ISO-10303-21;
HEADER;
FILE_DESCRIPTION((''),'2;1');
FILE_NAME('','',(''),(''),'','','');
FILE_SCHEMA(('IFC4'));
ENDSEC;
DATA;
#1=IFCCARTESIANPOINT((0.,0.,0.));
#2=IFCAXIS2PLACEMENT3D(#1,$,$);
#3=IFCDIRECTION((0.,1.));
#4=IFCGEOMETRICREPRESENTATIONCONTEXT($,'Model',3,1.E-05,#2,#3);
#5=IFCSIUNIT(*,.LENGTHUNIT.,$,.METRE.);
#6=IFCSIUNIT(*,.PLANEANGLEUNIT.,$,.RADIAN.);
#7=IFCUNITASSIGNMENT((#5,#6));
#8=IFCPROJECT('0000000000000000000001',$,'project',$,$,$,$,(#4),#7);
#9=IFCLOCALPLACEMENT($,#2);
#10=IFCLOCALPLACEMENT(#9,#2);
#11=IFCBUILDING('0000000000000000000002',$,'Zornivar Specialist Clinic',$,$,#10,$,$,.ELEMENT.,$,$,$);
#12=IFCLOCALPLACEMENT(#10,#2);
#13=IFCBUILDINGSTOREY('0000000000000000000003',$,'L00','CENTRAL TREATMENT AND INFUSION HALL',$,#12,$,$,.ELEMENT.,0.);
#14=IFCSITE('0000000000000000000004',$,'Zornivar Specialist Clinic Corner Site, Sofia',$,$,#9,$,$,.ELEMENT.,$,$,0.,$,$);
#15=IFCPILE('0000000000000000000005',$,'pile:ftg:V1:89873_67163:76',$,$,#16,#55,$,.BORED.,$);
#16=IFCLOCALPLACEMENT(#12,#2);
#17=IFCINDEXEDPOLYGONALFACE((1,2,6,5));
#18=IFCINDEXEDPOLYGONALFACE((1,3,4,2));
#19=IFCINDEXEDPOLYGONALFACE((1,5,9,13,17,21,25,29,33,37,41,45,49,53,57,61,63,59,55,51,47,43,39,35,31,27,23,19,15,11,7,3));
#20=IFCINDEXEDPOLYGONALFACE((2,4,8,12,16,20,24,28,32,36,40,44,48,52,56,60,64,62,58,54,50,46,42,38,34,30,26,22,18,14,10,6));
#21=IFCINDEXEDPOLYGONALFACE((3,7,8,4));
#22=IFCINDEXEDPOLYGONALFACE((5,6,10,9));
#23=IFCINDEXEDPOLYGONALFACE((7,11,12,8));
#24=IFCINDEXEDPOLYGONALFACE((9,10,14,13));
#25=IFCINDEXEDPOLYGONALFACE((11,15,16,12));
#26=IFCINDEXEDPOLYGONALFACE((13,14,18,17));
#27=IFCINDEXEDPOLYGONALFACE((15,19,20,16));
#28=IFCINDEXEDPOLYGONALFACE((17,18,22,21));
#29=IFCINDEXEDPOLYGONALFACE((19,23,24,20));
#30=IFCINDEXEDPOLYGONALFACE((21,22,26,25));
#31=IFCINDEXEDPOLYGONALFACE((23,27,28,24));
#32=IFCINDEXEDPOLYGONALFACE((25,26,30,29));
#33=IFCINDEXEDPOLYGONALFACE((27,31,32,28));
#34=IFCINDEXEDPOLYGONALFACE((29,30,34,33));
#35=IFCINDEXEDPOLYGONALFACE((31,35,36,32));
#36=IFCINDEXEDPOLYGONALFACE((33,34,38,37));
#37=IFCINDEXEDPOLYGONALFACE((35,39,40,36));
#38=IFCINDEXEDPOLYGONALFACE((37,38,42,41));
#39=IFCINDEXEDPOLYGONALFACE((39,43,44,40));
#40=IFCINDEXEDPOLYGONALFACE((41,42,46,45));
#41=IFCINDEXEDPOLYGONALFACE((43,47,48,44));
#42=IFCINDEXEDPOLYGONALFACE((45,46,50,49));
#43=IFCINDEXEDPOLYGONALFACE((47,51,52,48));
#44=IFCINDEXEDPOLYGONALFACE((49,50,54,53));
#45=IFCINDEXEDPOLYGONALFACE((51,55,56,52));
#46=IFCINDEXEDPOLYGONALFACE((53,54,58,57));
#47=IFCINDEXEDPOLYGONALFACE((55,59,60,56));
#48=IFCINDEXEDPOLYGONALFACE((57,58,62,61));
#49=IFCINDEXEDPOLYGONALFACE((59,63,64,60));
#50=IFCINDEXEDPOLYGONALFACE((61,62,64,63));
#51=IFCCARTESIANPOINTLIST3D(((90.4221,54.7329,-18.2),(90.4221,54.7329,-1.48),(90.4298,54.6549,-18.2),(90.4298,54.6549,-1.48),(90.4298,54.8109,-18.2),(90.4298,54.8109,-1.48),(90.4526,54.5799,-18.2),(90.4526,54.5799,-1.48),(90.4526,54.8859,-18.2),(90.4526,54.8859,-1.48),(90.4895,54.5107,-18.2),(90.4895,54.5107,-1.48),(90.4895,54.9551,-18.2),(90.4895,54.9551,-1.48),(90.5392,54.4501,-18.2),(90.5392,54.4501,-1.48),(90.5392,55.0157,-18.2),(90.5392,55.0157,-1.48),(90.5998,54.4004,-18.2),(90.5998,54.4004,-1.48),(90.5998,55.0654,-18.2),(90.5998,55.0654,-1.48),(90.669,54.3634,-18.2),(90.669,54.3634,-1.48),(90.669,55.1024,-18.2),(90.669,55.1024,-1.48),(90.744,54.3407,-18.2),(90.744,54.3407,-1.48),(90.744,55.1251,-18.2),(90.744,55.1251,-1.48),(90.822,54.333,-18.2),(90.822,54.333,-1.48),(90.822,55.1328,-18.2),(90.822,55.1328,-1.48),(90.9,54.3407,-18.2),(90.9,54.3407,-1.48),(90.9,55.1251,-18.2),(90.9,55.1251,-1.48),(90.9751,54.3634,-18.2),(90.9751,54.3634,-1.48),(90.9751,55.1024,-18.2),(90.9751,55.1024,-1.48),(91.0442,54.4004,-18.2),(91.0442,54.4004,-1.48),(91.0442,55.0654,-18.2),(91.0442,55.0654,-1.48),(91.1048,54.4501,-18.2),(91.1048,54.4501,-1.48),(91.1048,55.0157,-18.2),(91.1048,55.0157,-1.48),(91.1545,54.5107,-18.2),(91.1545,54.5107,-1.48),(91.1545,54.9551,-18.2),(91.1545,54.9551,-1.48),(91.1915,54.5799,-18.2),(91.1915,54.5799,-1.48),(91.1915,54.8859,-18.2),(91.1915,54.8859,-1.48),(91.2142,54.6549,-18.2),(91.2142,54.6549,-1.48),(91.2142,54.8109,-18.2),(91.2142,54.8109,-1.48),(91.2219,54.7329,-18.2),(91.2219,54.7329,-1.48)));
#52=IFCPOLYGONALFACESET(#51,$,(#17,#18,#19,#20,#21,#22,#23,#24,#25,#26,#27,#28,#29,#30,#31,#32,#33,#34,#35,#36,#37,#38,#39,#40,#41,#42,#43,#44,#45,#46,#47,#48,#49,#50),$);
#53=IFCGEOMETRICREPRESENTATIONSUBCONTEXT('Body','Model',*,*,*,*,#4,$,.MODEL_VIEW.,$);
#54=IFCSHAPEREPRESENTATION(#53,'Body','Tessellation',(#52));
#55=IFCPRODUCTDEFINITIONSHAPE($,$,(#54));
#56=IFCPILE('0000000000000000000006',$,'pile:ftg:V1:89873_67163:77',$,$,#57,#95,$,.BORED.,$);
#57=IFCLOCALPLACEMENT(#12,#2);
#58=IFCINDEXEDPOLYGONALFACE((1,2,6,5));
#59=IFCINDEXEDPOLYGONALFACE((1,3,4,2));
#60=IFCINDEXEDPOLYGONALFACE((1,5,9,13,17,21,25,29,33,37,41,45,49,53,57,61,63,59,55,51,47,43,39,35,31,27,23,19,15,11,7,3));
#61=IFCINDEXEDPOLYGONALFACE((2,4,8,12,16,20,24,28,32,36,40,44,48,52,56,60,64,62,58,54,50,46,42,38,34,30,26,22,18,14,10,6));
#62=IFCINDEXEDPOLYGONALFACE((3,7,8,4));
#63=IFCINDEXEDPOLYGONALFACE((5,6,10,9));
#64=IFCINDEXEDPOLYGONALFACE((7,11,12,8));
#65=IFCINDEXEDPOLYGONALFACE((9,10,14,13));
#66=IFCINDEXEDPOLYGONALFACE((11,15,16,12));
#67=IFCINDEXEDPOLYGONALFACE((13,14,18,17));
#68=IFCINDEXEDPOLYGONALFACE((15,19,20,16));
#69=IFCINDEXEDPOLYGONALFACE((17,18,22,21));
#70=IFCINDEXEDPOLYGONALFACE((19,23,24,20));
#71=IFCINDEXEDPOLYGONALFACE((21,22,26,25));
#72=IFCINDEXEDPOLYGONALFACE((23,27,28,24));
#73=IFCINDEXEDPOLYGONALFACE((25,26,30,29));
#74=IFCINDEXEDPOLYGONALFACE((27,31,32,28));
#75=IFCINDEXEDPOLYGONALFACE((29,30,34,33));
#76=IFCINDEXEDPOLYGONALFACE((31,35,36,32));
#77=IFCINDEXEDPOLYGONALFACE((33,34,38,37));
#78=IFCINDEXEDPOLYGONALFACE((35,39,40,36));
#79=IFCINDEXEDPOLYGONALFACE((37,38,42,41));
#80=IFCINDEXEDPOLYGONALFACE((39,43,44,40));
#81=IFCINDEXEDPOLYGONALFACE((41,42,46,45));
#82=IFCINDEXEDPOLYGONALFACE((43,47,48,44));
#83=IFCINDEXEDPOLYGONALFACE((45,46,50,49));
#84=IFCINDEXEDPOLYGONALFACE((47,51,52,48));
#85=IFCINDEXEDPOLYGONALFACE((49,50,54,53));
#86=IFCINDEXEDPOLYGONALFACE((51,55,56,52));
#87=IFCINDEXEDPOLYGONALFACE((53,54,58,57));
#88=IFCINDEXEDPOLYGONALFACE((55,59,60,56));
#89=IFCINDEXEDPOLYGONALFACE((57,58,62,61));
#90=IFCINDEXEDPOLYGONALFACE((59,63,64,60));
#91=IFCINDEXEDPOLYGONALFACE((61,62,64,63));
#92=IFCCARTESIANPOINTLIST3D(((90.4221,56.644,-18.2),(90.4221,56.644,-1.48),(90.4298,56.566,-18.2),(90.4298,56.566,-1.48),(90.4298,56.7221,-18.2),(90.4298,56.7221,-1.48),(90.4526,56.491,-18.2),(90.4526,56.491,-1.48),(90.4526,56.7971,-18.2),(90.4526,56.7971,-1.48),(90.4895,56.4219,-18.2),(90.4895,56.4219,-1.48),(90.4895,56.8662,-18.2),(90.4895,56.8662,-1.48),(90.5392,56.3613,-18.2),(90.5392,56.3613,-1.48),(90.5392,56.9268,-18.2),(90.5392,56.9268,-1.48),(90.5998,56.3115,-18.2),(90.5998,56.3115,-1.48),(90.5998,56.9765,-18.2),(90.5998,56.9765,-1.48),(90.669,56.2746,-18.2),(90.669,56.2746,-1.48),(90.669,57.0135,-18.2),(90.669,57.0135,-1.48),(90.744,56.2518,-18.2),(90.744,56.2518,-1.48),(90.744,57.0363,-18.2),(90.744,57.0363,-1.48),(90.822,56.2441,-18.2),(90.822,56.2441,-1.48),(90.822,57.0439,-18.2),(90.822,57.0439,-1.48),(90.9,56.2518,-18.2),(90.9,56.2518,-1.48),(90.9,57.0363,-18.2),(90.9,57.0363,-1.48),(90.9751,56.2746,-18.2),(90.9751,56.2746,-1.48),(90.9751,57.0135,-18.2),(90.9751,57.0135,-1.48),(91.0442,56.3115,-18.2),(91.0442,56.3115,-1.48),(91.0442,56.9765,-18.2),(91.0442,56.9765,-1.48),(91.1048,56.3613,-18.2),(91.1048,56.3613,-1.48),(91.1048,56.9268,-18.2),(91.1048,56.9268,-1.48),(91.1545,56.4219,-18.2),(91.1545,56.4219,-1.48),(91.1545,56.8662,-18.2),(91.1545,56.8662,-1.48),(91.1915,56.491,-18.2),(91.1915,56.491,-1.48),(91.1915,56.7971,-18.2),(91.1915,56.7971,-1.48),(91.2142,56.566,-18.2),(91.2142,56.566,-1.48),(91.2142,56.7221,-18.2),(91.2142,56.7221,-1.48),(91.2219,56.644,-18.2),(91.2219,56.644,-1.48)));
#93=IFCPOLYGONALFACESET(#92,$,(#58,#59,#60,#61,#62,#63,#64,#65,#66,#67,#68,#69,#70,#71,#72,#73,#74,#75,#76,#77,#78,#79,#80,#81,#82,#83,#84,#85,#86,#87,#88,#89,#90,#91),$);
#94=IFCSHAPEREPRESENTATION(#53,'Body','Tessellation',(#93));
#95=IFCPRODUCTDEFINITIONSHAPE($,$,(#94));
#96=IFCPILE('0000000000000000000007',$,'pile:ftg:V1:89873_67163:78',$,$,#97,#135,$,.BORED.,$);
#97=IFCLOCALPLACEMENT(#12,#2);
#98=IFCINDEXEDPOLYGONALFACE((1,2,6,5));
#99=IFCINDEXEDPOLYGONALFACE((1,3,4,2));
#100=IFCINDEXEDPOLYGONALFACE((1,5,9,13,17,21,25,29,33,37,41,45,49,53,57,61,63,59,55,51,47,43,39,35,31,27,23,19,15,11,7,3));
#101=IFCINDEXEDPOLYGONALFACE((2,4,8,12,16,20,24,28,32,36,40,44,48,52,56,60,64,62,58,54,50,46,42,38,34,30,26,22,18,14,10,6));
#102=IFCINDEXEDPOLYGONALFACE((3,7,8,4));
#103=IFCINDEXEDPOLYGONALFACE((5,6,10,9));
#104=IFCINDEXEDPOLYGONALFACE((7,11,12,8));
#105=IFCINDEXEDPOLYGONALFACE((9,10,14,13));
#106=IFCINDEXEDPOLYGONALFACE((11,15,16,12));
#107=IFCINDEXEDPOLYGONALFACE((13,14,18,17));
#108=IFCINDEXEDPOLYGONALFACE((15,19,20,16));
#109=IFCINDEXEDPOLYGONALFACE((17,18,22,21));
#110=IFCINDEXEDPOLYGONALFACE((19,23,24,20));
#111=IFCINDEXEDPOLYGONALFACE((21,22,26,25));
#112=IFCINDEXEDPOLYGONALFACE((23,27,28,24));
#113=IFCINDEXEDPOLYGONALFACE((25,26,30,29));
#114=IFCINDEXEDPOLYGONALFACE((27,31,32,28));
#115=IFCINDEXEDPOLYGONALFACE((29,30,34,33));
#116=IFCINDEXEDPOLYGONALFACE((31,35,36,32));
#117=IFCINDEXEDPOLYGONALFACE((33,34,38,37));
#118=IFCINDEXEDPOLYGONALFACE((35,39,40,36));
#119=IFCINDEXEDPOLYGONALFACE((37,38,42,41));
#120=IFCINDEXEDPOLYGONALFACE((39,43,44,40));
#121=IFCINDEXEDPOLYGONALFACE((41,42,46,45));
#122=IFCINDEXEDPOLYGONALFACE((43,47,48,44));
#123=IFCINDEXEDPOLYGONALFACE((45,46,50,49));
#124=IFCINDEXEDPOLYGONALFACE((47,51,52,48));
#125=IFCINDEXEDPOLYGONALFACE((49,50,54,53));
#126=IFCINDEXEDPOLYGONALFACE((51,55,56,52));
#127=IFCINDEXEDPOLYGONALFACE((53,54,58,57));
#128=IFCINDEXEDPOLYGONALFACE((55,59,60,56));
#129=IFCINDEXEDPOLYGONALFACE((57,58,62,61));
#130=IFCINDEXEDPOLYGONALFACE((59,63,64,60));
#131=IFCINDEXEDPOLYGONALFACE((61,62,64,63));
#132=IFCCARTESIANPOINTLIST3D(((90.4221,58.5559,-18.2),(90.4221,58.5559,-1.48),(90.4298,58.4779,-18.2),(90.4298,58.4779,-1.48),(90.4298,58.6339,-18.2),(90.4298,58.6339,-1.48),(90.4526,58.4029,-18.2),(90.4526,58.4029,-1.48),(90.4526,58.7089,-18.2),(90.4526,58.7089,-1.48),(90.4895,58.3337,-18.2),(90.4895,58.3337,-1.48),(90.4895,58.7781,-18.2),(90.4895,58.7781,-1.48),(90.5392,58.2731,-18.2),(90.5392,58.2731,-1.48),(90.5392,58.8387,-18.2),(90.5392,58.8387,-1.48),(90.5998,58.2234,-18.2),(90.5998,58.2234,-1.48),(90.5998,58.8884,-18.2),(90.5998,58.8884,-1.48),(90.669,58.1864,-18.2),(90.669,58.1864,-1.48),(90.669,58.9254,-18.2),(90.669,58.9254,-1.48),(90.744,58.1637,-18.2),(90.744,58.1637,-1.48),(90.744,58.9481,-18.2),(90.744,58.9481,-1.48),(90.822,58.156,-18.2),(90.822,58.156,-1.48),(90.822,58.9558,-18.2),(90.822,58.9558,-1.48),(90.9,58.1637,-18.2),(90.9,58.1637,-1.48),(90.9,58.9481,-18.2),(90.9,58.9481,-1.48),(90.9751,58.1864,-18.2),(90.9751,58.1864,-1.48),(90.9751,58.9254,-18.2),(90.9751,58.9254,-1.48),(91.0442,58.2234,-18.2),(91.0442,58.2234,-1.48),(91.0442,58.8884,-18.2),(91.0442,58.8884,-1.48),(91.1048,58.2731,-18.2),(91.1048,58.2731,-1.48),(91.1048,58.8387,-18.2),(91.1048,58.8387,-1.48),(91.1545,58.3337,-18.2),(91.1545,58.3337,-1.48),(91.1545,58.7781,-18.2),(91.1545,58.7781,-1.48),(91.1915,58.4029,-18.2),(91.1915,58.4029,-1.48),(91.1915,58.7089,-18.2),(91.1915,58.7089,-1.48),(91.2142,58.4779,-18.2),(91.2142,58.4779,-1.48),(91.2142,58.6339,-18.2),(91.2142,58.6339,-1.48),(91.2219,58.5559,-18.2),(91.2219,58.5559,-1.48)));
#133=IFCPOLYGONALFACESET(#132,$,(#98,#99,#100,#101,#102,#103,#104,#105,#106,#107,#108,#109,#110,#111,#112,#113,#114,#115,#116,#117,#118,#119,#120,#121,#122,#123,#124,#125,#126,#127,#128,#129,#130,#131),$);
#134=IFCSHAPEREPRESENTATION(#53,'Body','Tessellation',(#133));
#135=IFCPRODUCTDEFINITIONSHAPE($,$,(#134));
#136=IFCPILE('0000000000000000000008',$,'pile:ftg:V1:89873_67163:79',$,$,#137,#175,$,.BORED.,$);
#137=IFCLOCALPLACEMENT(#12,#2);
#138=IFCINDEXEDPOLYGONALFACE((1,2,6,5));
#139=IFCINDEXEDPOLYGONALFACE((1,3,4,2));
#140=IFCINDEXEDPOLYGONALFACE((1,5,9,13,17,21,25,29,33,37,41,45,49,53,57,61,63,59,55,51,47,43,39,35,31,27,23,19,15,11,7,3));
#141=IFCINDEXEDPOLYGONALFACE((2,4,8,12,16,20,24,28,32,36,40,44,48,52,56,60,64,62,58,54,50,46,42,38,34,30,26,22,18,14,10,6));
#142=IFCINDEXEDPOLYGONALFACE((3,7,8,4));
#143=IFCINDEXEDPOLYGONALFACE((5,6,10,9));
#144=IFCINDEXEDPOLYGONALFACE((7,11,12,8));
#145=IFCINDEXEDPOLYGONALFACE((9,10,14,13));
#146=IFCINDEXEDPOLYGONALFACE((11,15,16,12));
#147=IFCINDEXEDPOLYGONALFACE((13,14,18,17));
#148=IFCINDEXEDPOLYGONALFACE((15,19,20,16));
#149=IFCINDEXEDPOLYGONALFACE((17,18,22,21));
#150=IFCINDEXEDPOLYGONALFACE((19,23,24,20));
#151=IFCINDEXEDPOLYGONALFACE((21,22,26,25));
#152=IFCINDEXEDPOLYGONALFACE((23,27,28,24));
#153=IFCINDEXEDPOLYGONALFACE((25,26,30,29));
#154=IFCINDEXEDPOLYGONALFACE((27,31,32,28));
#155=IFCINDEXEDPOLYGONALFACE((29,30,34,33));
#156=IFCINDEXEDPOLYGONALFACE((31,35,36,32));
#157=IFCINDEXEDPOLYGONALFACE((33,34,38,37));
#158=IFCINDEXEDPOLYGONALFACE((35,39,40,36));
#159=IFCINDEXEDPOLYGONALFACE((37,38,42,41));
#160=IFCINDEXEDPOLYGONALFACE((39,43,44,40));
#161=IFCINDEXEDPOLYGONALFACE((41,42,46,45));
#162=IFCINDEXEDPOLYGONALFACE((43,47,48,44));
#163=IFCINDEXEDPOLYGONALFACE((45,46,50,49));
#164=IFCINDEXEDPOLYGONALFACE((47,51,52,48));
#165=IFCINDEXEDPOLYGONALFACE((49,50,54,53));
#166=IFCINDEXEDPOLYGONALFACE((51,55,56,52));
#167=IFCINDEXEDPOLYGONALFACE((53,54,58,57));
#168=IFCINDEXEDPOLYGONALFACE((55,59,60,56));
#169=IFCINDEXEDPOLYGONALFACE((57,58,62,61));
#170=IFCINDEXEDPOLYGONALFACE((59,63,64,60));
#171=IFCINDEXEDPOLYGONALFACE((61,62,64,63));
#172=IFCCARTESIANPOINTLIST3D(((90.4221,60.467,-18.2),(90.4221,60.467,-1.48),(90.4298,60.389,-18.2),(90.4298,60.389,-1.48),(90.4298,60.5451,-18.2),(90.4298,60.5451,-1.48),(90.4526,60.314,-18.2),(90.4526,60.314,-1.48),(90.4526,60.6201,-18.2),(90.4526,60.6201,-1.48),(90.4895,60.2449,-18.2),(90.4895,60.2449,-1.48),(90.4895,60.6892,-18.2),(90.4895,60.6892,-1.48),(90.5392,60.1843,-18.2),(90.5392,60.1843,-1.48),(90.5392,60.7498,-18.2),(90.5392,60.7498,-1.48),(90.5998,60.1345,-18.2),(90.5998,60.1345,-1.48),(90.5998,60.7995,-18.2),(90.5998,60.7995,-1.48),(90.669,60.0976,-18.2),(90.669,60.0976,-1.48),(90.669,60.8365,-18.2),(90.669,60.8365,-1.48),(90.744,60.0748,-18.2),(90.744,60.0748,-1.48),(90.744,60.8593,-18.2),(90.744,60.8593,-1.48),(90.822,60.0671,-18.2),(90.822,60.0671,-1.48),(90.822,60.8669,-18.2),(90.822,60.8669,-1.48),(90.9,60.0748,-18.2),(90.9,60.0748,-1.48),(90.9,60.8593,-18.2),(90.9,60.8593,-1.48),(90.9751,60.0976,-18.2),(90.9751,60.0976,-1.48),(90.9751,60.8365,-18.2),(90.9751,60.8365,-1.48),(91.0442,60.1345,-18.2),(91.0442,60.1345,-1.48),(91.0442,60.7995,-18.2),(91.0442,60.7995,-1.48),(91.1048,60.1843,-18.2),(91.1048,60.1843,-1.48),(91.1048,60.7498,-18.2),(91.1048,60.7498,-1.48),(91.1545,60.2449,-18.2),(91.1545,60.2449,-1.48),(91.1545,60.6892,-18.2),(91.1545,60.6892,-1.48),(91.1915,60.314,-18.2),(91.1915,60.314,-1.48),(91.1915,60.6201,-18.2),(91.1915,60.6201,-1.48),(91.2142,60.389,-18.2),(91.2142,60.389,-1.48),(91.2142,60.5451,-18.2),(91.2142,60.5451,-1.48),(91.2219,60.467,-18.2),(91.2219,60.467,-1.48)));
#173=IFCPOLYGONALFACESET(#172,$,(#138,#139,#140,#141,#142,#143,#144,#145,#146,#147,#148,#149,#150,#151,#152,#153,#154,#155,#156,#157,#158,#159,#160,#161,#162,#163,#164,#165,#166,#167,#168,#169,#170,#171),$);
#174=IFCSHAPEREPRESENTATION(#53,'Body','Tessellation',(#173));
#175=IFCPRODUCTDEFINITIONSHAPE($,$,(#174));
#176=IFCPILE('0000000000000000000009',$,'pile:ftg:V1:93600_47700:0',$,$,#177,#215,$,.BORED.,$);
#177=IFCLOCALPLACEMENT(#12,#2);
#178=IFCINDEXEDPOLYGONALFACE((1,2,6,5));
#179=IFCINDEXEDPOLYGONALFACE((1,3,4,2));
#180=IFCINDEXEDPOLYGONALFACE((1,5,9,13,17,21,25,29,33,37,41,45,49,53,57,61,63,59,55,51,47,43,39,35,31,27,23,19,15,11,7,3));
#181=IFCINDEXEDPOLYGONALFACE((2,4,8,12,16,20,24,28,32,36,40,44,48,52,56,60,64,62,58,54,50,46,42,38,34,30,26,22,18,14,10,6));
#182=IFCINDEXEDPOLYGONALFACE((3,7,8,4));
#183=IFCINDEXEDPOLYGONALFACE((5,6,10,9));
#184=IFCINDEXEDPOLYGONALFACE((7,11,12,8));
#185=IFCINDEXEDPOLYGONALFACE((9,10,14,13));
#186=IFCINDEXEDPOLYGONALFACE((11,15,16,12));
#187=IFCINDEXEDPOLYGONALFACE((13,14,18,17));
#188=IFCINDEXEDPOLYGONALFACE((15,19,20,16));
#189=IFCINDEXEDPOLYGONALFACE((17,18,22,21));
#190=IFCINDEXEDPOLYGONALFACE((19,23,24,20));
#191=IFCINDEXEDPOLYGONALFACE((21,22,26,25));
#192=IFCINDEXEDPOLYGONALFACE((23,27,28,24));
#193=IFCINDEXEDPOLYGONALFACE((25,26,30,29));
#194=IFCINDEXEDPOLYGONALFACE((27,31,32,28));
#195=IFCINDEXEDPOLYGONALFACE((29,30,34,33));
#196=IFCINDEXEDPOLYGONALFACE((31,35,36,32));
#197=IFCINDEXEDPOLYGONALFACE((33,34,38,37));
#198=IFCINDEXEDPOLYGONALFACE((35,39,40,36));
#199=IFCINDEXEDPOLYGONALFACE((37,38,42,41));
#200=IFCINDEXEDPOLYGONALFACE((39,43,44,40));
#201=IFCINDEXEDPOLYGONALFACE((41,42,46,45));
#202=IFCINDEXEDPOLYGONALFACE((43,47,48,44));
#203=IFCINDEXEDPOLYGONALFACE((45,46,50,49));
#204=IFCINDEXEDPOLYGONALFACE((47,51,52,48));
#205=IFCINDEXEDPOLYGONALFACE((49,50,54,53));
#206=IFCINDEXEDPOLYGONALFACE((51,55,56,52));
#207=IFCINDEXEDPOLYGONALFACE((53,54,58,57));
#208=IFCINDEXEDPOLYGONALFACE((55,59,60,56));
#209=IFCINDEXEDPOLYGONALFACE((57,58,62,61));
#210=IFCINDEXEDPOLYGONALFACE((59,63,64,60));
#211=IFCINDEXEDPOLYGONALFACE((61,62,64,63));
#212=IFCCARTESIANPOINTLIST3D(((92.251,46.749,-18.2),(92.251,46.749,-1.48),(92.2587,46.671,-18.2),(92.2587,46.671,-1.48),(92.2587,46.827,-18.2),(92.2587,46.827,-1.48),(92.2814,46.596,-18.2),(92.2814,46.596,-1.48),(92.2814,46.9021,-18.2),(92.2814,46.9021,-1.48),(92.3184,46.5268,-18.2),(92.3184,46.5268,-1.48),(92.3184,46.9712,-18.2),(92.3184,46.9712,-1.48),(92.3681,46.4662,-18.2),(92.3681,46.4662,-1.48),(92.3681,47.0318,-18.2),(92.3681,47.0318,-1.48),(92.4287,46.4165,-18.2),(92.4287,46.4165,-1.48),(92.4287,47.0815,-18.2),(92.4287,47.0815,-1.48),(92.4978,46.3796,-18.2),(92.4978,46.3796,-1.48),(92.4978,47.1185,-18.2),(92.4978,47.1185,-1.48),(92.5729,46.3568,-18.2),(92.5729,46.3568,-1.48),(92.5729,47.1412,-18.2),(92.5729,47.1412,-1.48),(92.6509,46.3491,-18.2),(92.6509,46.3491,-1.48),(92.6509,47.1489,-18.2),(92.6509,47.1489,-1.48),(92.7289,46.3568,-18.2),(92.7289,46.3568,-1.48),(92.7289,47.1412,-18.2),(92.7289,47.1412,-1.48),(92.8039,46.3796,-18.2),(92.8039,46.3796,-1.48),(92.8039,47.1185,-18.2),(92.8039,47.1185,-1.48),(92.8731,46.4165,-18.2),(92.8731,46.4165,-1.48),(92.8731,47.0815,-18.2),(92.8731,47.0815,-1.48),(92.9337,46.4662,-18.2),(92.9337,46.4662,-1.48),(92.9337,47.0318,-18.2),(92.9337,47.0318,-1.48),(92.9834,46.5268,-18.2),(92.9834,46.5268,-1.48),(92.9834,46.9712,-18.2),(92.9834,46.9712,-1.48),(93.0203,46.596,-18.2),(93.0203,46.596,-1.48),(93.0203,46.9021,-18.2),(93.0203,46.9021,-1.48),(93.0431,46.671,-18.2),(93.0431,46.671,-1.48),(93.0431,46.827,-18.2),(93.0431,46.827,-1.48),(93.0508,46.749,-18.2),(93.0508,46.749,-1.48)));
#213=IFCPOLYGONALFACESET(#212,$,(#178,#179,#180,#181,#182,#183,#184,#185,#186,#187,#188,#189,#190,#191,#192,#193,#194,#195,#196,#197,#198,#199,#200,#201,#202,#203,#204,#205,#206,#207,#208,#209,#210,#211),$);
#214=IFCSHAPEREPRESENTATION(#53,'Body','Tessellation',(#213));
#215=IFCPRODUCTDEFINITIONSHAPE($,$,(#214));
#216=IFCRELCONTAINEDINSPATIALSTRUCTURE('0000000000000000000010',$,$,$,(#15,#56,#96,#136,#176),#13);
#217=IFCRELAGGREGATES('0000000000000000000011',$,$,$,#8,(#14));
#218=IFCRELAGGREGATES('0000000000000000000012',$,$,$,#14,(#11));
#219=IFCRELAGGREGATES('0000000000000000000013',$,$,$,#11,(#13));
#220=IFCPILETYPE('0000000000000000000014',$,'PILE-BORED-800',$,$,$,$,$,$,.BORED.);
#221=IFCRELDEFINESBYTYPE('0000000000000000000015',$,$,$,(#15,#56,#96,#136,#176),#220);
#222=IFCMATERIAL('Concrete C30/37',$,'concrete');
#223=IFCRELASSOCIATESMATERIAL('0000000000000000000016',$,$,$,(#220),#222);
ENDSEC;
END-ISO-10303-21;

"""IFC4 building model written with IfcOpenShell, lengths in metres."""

from ifc_helpers import new_model, si_unit, direction, frame, origin, origin_2d, place, context, subcontext, project, spatial, circle, extrude, material, material_profile, profile_set, type_object, element, save


model = new_model("IFC4")

# Units and contexts
model_context = context("Model", 3, precision=1e-05, world=origin(), true_north=direction((0.0, 1.0)))
body_context = subcontext(model_context, "Body", "Model", "MODEL_VIEW")
ifc_project = project(units=[si_unit("LENGTHUNIT", "METRE"), si_unit("PLANEANGLEUNIT", "RADIAN")], contexts=[model_context])

# Site, building, storey
site_placement = place(None, origin())
site = spatial("IfcSite", under=ifc_project, at=site_placement, Name="Zornivar Specialist Clinic Corner Site, Sofia", CompositionType="ELEMENT", RefElevation=0.0)
building_placement = place(site_placement, origin())
building = spatial("IfcBuilding", under=site, at=building_placement, Name="Zornivar Specialist Clinic", CompositionType="ELEMENT")
storey_placement = place(building_placement, origin())
storey = spatial("IfcBuildingStorey", under=building, at=storey_placement, Name="L00", Description="CENTRAL TREATMENT AND INFUSION HALL", CompositionType="ELEMENT", Elevation=0.0)

# Piles
ifc_material_1 = material(Name="Concrete C30/37", Category="concrete")
ifc_material_profile_1 = material_profile(ifc_material_1, circle(Radius=0.3999, at=origin_2d()), Name="PILE D800")
ifc_profile_set_1 = profile_set([ifc_material_profile_1], Name="Concrete C30/37")
pile_type = type_object("IfcPileType", Name="PILE-BORED-800", PredefinedType="BORED", material=ifc_profile_set_1)
for number, where, z_axis, x_axis, name in (
    (1, (90.822, 54.7329, -1.48), (0.0, 0.0, -1.0), (1.0, 0.0, 0.0), "pile:ftg:V1:89873_67163:76"),
    (2, (90.822, 56.644, -1.48), (0.0, 0.0, -1.0), (1.0, 0.0, 0.0), "pile:ftg:V1:89873_67163:77"),
    (3, (90.822, 58.5559, -1.48), (0.0, 0.0, -1.0), (1.0, 0.0, 0.0), "pile:ftg:V1:89873_67163:78"),
    (4, (90.822, 60.467, -1.48), (0.0, 0.0, -1.0), (1.0, 0.0, 0.0), "pile:ftg:V1:89873_67163:79"),
    (5, (92.6509, 46.749, -1.48), (0.0, 0.0, -1.0), (1.0, 0.0, 0.0), "pile:ftg:V1:93600_47700:0"),
):
    element("IfcPile", number, at=place(storey_placement, frame(where, z_axis=z_axis, x_axis=x_axis)), inside=storey, type_object=pile_type, Name=name, PredefinedType="BORED", context=body_context, shape_type="SweptSolid", body=[
        extrude(circle(Radius=0.3999, at=origin_2d()), origin(), (0.0, 0.0, 1.0), 16.72),
    ])

save(model, "model.ifc")
